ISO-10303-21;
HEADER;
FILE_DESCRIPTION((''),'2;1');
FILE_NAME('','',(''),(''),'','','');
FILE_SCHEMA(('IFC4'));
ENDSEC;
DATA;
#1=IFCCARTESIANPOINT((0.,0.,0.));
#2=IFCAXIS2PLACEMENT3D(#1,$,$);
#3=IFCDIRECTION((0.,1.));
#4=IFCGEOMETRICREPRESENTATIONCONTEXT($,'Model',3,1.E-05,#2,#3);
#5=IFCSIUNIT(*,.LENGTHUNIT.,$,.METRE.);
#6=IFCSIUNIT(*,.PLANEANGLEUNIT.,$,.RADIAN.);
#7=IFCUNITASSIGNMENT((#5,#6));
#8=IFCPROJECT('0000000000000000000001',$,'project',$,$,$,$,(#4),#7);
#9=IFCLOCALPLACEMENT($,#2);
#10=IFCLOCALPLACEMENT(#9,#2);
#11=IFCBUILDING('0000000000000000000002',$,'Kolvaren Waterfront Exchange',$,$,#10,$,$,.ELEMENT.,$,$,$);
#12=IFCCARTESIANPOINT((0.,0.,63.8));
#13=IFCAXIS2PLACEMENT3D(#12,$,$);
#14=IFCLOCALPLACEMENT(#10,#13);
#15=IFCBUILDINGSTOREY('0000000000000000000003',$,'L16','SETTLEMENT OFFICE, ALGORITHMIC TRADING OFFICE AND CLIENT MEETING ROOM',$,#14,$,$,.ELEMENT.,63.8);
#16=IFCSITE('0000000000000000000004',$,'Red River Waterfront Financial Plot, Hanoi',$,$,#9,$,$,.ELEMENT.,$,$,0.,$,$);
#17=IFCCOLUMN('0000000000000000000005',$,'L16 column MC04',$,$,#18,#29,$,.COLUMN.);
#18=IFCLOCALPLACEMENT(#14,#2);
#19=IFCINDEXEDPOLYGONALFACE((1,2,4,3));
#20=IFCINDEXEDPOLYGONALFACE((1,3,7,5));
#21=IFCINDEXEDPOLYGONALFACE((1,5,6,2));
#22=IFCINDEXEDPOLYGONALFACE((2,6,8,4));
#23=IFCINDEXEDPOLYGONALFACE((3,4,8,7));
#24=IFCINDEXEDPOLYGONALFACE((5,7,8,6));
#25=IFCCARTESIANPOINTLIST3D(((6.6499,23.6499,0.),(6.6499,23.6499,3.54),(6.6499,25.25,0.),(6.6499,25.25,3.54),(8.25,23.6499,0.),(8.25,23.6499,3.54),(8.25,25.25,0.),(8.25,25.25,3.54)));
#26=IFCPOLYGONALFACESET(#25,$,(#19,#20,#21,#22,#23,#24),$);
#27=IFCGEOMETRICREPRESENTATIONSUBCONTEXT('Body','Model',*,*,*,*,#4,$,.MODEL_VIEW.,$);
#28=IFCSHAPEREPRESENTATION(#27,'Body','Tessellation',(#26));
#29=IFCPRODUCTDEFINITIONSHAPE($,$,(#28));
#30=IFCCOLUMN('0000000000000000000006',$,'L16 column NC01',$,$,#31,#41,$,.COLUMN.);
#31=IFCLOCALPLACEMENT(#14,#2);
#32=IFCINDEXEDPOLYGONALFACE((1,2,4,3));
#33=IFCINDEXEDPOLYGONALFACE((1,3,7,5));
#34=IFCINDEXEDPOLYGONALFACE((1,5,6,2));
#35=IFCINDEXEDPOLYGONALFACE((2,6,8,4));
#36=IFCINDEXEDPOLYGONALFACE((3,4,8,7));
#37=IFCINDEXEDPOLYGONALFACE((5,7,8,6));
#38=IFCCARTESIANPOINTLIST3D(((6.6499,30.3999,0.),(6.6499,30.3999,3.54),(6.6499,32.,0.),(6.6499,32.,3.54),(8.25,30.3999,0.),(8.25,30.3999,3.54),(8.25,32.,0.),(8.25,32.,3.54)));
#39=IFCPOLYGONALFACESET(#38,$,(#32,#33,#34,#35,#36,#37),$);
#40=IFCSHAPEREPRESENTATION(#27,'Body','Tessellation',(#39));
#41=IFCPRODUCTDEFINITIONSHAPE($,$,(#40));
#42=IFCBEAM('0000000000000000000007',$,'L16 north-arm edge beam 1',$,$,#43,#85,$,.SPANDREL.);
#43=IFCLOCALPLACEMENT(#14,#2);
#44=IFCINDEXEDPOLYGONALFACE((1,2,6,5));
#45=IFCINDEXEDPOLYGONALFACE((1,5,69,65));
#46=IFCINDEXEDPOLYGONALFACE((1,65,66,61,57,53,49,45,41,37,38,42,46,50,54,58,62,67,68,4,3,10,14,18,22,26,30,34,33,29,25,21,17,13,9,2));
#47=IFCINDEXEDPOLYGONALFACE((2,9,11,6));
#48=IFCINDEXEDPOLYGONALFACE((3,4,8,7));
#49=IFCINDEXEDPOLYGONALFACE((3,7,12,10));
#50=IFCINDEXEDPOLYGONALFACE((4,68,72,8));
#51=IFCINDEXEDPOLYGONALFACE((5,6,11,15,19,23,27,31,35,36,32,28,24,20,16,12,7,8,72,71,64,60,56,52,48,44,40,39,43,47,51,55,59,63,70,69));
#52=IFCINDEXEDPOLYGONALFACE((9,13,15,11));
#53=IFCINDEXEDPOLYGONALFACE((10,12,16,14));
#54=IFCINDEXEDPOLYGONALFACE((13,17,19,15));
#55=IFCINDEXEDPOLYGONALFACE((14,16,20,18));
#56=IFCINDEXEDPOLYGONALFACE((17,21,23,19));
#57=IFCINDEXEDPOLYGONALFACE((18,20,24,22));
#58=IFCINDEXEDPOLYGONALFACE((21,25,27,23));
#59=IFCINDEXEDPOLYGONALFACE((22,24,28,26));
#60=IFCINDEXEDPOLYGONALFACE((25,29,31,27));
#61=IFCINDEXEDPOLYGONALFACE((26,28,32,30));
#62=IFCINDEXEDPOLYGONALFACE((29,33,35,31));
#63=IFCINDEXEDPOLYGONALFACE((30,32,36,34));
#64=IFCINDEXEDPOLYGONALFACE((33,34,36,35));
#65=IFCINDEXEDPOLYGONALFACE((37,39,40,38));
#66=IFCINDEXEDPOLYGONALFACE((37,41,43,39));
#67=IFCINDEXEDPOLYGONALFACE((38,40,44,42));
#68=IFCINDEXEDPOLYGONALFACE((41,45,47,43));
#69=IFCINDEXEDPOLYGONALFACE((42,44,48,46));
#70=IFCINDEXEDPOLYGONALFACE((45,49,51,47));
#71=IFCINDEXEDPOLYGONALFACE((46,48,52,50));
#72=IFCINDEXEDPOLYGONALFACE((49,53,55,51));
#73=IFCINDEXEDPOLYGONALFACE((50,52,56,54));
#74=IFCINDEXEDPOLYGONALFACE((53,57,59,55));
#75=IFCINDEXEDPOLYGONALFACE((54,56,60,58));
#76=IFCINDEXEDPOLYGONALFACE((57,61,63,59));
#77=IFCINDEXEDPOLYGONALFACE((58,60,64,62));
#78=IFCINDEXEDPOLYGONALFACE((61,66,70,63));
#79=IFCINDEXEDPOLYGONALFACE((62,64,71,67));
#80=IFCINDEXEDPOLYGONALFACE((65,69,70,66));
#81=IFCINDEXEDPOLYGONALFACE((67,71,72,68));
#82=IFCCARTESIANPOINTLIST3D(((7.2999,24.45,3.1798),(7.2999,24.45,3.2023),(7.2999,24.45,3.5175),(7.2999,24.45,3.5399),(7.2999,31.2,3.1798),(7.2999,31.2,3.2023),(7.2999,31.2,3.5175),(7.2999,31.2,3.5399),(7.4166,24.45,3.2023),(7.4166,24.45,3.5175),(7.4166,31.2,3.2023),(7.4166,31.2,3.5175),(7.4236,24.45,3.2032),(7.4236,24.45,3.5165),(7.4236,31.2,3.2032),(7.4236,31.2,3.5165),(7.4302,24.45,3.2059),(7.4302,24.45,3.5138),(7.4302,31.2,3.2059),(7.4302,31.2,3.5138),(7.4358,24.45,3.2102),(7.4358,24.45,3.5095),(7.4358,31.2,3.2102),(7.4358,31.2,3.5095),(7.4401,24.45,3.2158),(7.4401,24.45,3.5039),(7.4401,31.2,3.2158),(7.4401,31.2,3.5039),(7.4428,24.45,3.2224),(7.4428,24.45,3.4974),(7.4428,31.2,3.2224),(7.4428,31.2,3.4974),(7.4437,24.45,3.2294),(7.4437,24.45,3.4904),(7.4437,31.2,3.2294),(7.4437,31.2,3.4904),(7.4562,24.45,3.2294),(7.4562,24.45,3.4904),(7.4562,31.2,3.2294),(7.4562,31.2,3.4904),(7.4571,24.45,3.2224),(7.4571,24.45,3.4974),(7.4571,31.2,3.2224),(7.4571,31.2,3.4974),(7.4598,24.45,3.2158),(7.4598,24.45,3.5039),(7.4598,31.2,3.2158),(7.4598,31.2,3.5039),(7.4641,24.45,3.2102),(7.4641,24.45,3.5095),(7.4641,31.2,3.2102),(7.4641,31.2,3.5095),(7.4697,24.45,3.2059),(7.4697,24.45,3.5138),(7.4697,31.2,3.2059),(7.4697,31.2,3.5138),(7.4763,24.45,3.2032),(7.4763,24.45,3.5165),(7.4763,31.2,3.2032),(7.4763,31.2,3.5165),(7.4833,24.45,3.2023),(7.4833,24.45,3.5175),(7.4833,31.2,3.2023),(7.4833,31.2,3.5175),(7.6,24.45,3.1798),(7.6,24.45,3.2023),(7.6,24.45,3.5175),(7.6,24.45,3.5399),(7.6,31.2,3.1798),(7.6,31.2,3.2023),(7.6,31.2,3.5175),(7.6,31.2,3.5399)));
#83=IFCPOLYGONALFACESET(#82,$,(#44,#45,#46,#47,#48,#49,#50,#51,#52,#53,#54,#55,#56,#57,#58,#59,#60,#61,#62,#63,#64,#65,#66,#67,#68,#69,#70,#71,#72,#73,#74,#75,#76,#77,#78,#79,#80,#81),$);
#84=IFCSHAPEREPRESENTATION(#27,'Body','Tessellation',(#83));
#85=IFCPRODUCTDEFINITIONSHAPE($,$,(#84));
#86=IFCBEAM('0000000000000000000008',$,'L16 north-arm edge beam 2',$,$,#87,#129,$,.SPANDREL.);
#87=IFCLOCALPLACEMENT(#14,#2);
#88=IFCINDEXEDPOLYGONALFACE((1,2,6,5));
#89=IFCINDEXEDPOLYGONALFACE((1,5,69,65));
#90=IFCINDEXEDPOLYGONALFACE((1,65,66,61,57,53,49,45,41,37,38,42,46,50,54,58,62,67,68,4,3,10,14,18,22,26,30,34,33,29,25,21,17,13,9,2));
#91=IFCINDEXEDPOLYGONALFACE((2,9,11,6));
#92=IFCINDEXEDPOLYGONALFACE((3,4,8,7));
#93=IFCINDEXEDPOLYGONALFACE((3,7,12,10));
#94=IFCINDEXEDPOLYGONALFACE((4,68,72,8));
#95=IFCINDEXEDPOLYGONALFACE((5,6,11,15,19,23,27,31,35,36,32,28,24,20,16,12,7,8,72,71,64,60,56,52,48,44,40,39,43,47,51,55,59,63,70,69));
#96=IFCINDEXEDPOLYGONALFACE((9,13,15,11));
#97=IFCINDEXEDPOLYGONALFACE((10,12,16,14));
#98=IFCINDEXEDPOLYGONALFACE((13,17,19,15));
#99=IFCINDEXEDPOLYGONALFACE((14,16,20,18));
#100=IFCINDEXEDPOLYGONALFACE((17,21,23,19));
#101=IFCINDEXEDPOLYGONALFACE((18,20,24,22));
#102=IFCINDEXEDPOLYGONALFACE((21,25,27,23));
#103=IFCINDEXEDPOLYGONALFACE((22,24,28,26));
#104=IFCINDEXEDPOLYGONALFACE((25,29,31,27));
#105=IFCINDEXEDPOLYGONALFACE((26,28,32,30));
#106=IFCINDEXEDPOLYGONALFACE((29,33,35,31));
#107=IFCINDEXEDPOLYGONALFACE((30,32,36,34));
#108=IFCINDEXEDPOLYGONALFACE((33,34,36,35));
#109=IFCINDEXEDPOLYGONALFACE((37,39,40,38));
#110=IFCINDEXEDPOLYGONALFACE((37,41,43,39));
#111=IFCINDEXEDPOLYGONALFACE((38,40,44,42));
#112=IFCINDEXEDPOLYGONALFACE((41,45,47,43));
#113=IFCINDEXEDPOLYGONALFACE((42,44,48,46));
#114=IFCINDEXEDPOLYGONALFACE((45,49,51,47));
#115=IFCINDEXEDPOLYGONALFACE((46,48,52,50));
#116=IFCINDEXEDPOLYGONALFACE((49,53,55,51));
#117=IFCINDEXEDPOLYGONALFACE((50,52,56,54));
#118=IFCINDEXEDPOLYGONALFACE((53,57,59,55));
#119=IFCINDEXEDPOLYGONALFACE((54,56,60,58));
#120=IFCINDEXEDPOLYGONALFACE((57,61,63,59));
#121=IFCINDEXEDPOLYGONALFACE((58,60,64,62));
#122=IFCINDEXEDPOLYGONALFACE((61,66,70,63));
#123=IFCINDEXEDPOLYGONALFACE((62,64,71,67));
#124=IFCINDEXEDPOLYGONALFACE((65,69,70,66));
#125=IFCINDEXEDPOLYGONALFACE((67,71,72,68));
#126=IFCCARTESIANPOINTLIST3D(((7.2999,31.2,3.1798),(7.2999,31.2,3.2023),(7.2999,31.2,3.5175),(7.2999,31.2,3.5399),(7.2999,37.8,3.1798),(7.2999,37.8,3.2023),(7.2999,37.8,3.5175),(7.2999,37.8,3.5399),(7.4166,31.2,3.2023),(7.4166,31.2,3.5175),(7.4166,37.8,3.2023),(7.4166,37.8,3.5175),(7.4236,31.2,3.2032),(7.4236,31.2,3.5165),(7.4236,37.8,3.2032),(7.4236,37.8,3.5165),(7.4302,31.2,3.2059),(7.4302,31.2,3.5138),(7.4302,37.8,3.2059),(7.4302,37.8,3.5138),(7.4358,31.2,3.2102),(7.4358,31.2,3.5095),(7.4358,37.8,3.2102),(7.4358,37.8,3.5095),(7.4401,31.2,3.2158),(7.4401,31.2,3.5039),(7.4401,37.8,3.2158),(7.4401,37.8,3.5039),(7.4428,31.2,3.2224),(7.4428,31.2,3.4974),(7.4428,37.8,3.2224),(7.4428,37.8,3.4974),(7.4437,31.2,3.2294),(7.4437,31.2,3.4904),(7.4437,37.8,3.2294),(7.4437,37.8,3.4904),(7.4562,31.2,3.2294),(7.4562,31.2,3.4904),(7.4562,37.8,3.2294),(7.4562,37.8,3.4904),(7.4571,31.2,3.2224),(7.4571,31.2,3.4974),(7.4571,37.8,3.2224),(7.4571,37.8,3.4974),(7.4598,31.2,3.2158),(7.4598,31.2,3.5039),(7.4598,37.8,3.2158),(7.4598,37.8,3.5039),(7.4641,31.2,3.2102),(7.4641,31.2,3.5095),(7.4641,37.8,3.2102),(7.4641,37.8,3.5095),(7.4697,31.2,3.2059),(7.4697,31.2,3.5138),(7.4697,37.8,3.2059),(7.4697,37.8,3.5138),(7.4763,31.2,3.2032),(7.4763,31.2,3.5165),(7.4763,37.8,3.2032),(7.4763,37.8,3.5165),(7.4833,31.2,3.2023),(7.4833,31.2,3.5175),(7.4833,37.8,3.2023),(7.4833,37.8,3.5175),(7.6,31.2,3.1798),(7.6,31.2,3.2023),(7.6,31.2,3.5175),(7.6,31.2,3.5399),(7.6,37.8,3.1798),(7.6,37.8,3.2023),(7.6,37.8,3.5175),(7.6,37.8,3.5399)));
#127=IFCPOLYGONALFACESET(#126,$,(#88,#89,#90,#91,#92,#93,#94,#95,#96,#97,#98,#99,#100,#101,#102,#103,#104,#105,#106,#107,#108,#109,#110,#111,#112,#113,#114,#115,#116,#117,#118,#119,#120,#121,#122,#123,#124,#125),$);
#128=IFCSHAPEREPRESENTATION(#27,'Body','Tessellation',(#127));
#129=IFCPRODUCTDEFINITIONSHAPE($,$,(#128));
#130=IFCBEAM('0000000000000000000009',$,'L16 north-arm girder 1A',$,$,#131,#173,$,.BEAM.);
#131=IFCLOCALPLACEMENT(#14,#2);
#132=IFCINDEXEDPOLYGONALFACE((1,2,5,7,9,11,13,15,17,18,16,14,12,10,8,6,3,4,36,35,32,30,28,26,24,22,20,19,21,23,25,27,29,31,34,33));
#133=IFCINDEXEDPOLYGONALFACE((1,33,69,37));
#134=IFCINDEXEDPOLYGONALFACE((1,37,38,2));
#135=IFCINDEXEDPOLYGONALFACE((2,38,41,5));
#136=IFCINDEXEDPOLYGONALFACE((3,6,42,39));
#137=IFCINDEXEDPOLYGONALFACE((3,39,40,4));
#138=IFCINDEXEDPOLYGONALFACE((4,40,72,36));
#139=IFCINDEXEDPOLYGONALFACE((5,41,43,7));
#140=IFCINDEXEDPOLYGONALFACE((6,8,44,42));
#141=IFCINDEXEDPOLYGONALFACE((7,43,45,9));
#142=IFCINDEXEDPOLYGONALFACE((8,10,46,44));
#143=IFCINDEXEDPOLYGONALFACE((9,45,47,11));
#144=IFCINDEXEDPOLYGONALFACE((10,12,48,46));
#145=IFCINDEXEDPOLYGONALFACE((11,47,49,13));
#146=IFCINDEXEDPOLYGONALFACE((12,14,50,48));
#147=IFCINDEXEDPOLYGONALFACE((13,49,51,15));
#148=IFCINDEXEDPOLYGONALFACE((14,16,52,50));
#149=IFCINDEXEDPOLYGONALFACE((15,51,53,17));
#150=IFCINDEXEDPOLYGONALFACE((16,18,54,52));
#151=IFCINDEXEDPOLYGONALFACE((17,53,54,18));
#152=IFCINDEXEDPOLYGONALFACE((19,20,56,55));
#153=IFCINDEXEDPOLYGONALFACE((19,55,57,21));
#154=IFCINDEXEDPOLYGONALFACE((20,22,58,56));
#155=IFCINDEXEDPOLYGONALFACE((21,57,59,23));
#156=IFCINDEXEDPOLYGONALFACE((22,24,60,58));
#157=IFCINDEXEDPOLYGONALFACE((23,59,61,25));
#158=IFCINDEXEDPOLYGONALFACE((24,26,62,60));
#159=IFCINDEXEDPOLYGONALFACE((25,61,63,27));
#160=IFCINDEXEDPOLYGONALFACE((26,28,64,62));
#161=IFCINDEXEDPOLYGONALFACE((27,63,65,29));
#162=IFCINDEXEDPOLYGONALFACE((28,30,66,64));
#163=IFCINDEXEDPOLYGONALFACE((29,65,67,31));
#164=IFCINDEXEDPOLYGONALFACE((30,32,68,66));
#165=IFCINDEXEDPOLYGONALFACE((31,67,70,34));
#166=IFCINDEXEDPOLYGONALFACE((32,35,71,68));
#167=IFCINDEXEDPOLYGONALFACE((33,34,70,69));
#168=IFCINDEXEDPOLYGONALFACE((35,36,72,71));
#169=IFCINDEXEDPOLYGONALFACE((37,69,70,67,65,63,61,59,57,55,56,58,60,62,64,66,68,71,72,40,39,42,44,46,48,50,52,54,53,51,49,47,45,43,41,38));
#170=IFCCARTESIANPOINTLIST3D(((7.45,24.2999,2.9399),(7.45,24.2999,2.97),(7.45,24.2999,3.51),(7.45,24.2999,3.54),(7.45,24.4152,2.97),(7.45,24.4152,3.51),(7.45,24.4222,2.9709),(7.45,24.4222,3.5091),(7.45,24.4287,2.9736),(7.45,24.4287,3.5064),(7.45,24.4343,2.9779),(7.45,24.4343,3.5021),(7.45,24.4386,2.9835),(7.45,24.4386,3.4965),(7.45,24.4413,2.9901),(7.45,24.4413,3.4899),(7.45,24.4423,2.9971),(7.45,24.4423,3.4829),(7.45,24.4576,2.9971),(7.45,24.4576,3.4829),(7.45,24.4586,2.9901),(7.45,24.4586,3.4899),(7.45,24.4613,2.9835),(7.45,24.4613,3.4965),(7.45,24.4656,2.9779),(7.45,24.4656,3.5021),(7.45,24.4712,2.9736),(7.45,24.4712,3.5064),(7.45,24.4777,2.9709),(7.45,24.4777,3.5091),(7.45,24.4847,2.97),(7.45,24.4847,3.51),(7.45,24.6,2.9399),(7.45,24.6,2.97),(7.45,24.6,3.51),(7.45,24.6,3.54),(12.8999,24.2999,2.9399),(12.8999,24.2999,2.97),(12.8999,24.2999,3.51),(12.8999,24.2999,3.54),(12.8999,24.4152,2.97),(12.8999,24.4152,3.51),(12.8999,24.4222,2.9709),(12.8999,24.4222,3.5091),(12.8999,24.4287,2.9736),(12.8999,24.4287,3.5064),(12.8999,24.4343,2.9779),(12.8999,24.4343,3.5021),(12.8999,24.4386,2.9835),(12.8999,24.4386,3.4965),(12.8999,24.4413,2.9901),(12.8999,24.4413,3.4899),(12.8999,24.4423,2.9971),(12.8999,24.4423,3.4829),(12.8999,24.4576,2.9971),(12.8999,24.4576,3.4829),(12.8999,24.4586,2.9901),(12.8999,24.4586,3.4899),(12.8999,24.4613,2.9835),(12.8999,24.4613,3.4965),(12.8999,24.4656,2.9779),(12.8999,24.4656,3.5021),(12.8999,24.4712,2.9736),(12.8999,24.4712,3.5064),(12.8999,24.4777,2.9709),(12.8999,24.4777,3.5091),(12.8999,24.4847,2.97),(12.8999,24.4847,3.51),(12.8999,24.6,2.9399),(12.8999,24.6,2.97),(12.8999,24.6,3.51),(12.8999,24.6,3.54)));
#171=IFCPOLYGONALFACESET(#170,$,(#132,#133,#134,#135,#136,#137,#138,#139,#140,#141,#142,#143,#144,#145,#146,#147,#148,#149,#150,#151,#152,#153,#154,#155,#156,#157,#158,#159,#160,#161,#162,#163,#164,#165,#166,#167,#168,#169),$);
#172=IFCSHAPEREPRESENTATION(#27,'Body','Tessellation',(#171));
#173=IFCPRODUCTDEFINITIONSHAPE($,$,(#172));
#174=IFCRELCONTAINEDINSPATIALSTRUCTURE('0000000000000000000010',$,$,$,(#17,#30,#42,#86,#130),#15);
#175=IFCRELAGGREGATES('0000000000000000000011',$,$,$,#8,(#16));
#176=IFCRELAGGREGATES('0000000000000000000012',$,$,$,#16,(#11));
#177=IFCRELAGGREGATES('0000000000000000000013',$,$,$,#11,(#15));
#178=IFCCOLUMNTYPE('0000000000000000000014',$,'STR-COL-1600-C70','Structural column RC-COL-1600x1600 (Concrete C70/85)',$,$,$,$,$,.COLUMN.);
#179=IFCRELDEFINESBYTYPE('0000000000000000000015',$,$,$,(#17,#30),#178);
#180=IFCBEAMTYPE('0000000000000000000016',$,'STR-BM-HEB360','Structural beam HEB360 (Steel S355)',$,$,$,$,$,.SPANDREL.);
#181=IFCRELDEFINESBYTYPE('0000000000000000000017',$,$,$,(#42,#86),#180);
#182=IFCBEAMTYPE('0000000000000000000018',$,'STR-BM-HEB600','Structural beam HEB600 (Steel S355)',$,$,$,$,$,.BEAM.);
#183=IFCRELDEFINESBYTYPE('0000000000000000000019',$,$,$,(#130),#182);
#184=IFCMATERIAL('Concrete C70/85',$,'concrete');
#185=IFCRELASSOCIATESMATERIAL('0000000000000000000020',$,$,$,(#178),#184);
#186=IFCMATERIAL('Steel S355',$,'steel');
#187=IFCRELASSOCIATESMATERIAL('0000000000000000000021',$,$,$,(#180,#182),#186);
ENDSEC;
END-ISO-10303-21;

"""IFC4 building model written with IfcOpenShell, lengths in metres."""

from ifc_helpers import new_model, si_unit, direction, frame, origin, origin_2d, place, context, subcontext, project, spatial, rectangle, i_section, extrude, material, material_profile, profile_set, type_object, element, save


model = new_model("IFC4")

# Units and contexts
model_context = context("Model", 3, precision=1e-05, world=origin(), true_north=direction((0.0, 1.0)))
body_context = subcontext(model_context, "Body", "Model", "MODEL_VIEW")
ifc_project = project(units=[si_unit("LENGTHUNIT", "METRE"), si_unit("PLANEANGLEUNIT", "RADIAN")], contexts=[model_context])

# Site, building, storey
site_placement = place(None, origin())
site = spatial("IfcSite", under=ifc_project, at=site_placement, Name="Red River Waterfront Financial Plot, Hanoi", CompositionType="ELEMENT", RefElevation=0.0)
building_placement = place(site_placement, origin())
building = spatial("IfcBuilding", under=site, at=building_placement, Name="Kolvaren Waterfront Exchange", CompositionType="ELEMENT")
storey_placement = place(building_placement, frame((0.0, 0.0, 63.8)))
storey = spatial("IfcBuildingStorey", under=building, at=storey_placement, Name="L16", Description="SETTLEMENT OFFICE, ALGORITHMIC TRADING OFFICE AND CLIENT MEETING ROOM", CompositionType="ELEMENT", Elevation=63.8)

# Columns
ifc_material_1 = material(Name="Concrete C70/85", Category="concrete")
ifc_material_profile_1 = material_profile(ifc_material_1, rectangle(XDim=1.6001, YDim=1.6001, at=origin_2d()), Name="RC-COL-1600x1600")
ifc_profile_set_1 = profile_set([ifc_material_profile_1], Name="Concrete C70/85")
column_type = type_object("IfcColumnType", Name="STR-COL-1600-C70", Description="Structural column RC-COL-1600x1600 (Concrete C70/85)", PredefinedType="COLUMN", material=ifc_profile_set_1)
for number, where, z_axis, x_axis, name in (
    (1, (7.45, 24.45, 0.0), (0.0, 0.0, 1.0), (1.0, 0.0, 0.0), "L16 column MC04"),
    (2, (7.45, 31.2, 0.0), (0.0, 0.0, 1.0), (1.0, 0.0, 0.0), "L16 column NC01"),
):
    element("IfcColumn", number, at=place(storey_placement, frame(where, z_axis=z_axis, x_axis=x_axis)), inside=storey, type_object=column_type, Name=name, PredefinedType="COLUMN", context=body_context, shape_type="SweptSolid", body=[
        extrude(rectangle(XDim=1.6001, YDim=1.6001, at=origin_2d()), origin(), (0.0, 0.0, 1.0), 3.54),
    ])

# Beams
ifc_material_2 = material(Name="Steel S355", Category="steel")
ifc_material_profile_2 = material_profile(ifc_material_2, i_section(OverallWidth=0.3, OverallDepth=0.3601, WebThickness=0.0125, FlangeThickness=0.0225, FilletRadius=0.0271, at=origin_2d()), Name="HEB360")
ifc_profile_set_2 = profile_set([ifc_material_profile_2], Name="Steel S355")
beam_type_1 = type_object("IfcBeamType", Name="STR-BM-HEB360", Description="Structural beam HEB360 (Steel S355)", PredefinedType="SPANDREL", material=ifc_profile_set_2)
beam_1_placement = place(storey_placement, frame((7.45, 24.45, 3.3599), z_axis=(0.0, 1.0, 0.0), x_axis=(-1.0, 0.0, 0.0)))
element("IfcBeam", 3, at=beam_1_placement, inside=storey, type_object=beam_type_1, Name="L16 north-arm edge beam 1", PredefinedType="SPANDREL", context=body_context, shape_type="SweptSolid", body=[
    extrude(i_section(OverallWidth=0.3, OverallDepth=0.3601, WebThickness=0.0125, FlangeThickness=0.0225, FilletRadius=0.0271, at=origin_2d()), origin(), (0.0, 0.0, 1.0), 6.75),
])
beam_2_placement = place(storey_placement, frame((7.45, 31.2, 3.3599), z_axis=(0.0, 1.0, 0.0), x_axis=(-1.0, 0.0, 0.0)))
element("IfcBeam", 4, at=beam_2_placement, inside=storey, type_object=beam_type_1, Name="L16 north-arm edge beam 2", PredefinedType="SPANDREL", context=body_context, shape_type="SweptSolid", body=[
    extrude(i_section(OverallWidth=0.3, OverallDepth=0.3601, WebThickness=0.0125, FlangeThickness=0.0225, FilletRadius=0.0271, at=origin_2d()), origin(), (0.0, 0.0, 1.0), 6.6001),
])
ifc_material_profile_3 = material_profile(ifc_material_2, i_section(OverallWidth=0.3, OverallDepth=0.6001, WebThickness=0.0154, FlangeThickness=0.03, FilletRadius=0.0271, at=origin_2d()), Name="HEB600")
ifc_profile_set_3 = profile_set([ifc_material_profile_3], Name="Steel S355")
beam_type_2 = type_object("IfcBeamType", Name="STR-BM-HEB600", Description="Structural beam HEB600 (Steel S355)", PredefinedType="BEAM", material=ifc_profile_set_3)
for number, where, z_axis, x_axis, name in (
    (5, (7.45, 24.45, 3.24), (1.0, 0.0, 0.0), (0.0, 1.0, 0.0), "L16 north-arm girder 1A"),
):
    element("IfcBeam", number, at=place(storey_placement, frame(where, z_axis=z_axis, x_axis=x_axis)), inside=storey, type_object=beam_type_2, Name=name, PredefinedType="BEAM", context=body_context, shape_type="SweptSolid", body=[
        extrude(i_section(OverallWidth=0.3, OverallDepth=0.6001, WebThickness=0.0154, FlangeThickness=0.03, FilletRadius=0.0271, at=origin_2d()), origin(), (0.0, 0.0, 1.0), 5.45),
    ])

save(model, "model.ifc")
